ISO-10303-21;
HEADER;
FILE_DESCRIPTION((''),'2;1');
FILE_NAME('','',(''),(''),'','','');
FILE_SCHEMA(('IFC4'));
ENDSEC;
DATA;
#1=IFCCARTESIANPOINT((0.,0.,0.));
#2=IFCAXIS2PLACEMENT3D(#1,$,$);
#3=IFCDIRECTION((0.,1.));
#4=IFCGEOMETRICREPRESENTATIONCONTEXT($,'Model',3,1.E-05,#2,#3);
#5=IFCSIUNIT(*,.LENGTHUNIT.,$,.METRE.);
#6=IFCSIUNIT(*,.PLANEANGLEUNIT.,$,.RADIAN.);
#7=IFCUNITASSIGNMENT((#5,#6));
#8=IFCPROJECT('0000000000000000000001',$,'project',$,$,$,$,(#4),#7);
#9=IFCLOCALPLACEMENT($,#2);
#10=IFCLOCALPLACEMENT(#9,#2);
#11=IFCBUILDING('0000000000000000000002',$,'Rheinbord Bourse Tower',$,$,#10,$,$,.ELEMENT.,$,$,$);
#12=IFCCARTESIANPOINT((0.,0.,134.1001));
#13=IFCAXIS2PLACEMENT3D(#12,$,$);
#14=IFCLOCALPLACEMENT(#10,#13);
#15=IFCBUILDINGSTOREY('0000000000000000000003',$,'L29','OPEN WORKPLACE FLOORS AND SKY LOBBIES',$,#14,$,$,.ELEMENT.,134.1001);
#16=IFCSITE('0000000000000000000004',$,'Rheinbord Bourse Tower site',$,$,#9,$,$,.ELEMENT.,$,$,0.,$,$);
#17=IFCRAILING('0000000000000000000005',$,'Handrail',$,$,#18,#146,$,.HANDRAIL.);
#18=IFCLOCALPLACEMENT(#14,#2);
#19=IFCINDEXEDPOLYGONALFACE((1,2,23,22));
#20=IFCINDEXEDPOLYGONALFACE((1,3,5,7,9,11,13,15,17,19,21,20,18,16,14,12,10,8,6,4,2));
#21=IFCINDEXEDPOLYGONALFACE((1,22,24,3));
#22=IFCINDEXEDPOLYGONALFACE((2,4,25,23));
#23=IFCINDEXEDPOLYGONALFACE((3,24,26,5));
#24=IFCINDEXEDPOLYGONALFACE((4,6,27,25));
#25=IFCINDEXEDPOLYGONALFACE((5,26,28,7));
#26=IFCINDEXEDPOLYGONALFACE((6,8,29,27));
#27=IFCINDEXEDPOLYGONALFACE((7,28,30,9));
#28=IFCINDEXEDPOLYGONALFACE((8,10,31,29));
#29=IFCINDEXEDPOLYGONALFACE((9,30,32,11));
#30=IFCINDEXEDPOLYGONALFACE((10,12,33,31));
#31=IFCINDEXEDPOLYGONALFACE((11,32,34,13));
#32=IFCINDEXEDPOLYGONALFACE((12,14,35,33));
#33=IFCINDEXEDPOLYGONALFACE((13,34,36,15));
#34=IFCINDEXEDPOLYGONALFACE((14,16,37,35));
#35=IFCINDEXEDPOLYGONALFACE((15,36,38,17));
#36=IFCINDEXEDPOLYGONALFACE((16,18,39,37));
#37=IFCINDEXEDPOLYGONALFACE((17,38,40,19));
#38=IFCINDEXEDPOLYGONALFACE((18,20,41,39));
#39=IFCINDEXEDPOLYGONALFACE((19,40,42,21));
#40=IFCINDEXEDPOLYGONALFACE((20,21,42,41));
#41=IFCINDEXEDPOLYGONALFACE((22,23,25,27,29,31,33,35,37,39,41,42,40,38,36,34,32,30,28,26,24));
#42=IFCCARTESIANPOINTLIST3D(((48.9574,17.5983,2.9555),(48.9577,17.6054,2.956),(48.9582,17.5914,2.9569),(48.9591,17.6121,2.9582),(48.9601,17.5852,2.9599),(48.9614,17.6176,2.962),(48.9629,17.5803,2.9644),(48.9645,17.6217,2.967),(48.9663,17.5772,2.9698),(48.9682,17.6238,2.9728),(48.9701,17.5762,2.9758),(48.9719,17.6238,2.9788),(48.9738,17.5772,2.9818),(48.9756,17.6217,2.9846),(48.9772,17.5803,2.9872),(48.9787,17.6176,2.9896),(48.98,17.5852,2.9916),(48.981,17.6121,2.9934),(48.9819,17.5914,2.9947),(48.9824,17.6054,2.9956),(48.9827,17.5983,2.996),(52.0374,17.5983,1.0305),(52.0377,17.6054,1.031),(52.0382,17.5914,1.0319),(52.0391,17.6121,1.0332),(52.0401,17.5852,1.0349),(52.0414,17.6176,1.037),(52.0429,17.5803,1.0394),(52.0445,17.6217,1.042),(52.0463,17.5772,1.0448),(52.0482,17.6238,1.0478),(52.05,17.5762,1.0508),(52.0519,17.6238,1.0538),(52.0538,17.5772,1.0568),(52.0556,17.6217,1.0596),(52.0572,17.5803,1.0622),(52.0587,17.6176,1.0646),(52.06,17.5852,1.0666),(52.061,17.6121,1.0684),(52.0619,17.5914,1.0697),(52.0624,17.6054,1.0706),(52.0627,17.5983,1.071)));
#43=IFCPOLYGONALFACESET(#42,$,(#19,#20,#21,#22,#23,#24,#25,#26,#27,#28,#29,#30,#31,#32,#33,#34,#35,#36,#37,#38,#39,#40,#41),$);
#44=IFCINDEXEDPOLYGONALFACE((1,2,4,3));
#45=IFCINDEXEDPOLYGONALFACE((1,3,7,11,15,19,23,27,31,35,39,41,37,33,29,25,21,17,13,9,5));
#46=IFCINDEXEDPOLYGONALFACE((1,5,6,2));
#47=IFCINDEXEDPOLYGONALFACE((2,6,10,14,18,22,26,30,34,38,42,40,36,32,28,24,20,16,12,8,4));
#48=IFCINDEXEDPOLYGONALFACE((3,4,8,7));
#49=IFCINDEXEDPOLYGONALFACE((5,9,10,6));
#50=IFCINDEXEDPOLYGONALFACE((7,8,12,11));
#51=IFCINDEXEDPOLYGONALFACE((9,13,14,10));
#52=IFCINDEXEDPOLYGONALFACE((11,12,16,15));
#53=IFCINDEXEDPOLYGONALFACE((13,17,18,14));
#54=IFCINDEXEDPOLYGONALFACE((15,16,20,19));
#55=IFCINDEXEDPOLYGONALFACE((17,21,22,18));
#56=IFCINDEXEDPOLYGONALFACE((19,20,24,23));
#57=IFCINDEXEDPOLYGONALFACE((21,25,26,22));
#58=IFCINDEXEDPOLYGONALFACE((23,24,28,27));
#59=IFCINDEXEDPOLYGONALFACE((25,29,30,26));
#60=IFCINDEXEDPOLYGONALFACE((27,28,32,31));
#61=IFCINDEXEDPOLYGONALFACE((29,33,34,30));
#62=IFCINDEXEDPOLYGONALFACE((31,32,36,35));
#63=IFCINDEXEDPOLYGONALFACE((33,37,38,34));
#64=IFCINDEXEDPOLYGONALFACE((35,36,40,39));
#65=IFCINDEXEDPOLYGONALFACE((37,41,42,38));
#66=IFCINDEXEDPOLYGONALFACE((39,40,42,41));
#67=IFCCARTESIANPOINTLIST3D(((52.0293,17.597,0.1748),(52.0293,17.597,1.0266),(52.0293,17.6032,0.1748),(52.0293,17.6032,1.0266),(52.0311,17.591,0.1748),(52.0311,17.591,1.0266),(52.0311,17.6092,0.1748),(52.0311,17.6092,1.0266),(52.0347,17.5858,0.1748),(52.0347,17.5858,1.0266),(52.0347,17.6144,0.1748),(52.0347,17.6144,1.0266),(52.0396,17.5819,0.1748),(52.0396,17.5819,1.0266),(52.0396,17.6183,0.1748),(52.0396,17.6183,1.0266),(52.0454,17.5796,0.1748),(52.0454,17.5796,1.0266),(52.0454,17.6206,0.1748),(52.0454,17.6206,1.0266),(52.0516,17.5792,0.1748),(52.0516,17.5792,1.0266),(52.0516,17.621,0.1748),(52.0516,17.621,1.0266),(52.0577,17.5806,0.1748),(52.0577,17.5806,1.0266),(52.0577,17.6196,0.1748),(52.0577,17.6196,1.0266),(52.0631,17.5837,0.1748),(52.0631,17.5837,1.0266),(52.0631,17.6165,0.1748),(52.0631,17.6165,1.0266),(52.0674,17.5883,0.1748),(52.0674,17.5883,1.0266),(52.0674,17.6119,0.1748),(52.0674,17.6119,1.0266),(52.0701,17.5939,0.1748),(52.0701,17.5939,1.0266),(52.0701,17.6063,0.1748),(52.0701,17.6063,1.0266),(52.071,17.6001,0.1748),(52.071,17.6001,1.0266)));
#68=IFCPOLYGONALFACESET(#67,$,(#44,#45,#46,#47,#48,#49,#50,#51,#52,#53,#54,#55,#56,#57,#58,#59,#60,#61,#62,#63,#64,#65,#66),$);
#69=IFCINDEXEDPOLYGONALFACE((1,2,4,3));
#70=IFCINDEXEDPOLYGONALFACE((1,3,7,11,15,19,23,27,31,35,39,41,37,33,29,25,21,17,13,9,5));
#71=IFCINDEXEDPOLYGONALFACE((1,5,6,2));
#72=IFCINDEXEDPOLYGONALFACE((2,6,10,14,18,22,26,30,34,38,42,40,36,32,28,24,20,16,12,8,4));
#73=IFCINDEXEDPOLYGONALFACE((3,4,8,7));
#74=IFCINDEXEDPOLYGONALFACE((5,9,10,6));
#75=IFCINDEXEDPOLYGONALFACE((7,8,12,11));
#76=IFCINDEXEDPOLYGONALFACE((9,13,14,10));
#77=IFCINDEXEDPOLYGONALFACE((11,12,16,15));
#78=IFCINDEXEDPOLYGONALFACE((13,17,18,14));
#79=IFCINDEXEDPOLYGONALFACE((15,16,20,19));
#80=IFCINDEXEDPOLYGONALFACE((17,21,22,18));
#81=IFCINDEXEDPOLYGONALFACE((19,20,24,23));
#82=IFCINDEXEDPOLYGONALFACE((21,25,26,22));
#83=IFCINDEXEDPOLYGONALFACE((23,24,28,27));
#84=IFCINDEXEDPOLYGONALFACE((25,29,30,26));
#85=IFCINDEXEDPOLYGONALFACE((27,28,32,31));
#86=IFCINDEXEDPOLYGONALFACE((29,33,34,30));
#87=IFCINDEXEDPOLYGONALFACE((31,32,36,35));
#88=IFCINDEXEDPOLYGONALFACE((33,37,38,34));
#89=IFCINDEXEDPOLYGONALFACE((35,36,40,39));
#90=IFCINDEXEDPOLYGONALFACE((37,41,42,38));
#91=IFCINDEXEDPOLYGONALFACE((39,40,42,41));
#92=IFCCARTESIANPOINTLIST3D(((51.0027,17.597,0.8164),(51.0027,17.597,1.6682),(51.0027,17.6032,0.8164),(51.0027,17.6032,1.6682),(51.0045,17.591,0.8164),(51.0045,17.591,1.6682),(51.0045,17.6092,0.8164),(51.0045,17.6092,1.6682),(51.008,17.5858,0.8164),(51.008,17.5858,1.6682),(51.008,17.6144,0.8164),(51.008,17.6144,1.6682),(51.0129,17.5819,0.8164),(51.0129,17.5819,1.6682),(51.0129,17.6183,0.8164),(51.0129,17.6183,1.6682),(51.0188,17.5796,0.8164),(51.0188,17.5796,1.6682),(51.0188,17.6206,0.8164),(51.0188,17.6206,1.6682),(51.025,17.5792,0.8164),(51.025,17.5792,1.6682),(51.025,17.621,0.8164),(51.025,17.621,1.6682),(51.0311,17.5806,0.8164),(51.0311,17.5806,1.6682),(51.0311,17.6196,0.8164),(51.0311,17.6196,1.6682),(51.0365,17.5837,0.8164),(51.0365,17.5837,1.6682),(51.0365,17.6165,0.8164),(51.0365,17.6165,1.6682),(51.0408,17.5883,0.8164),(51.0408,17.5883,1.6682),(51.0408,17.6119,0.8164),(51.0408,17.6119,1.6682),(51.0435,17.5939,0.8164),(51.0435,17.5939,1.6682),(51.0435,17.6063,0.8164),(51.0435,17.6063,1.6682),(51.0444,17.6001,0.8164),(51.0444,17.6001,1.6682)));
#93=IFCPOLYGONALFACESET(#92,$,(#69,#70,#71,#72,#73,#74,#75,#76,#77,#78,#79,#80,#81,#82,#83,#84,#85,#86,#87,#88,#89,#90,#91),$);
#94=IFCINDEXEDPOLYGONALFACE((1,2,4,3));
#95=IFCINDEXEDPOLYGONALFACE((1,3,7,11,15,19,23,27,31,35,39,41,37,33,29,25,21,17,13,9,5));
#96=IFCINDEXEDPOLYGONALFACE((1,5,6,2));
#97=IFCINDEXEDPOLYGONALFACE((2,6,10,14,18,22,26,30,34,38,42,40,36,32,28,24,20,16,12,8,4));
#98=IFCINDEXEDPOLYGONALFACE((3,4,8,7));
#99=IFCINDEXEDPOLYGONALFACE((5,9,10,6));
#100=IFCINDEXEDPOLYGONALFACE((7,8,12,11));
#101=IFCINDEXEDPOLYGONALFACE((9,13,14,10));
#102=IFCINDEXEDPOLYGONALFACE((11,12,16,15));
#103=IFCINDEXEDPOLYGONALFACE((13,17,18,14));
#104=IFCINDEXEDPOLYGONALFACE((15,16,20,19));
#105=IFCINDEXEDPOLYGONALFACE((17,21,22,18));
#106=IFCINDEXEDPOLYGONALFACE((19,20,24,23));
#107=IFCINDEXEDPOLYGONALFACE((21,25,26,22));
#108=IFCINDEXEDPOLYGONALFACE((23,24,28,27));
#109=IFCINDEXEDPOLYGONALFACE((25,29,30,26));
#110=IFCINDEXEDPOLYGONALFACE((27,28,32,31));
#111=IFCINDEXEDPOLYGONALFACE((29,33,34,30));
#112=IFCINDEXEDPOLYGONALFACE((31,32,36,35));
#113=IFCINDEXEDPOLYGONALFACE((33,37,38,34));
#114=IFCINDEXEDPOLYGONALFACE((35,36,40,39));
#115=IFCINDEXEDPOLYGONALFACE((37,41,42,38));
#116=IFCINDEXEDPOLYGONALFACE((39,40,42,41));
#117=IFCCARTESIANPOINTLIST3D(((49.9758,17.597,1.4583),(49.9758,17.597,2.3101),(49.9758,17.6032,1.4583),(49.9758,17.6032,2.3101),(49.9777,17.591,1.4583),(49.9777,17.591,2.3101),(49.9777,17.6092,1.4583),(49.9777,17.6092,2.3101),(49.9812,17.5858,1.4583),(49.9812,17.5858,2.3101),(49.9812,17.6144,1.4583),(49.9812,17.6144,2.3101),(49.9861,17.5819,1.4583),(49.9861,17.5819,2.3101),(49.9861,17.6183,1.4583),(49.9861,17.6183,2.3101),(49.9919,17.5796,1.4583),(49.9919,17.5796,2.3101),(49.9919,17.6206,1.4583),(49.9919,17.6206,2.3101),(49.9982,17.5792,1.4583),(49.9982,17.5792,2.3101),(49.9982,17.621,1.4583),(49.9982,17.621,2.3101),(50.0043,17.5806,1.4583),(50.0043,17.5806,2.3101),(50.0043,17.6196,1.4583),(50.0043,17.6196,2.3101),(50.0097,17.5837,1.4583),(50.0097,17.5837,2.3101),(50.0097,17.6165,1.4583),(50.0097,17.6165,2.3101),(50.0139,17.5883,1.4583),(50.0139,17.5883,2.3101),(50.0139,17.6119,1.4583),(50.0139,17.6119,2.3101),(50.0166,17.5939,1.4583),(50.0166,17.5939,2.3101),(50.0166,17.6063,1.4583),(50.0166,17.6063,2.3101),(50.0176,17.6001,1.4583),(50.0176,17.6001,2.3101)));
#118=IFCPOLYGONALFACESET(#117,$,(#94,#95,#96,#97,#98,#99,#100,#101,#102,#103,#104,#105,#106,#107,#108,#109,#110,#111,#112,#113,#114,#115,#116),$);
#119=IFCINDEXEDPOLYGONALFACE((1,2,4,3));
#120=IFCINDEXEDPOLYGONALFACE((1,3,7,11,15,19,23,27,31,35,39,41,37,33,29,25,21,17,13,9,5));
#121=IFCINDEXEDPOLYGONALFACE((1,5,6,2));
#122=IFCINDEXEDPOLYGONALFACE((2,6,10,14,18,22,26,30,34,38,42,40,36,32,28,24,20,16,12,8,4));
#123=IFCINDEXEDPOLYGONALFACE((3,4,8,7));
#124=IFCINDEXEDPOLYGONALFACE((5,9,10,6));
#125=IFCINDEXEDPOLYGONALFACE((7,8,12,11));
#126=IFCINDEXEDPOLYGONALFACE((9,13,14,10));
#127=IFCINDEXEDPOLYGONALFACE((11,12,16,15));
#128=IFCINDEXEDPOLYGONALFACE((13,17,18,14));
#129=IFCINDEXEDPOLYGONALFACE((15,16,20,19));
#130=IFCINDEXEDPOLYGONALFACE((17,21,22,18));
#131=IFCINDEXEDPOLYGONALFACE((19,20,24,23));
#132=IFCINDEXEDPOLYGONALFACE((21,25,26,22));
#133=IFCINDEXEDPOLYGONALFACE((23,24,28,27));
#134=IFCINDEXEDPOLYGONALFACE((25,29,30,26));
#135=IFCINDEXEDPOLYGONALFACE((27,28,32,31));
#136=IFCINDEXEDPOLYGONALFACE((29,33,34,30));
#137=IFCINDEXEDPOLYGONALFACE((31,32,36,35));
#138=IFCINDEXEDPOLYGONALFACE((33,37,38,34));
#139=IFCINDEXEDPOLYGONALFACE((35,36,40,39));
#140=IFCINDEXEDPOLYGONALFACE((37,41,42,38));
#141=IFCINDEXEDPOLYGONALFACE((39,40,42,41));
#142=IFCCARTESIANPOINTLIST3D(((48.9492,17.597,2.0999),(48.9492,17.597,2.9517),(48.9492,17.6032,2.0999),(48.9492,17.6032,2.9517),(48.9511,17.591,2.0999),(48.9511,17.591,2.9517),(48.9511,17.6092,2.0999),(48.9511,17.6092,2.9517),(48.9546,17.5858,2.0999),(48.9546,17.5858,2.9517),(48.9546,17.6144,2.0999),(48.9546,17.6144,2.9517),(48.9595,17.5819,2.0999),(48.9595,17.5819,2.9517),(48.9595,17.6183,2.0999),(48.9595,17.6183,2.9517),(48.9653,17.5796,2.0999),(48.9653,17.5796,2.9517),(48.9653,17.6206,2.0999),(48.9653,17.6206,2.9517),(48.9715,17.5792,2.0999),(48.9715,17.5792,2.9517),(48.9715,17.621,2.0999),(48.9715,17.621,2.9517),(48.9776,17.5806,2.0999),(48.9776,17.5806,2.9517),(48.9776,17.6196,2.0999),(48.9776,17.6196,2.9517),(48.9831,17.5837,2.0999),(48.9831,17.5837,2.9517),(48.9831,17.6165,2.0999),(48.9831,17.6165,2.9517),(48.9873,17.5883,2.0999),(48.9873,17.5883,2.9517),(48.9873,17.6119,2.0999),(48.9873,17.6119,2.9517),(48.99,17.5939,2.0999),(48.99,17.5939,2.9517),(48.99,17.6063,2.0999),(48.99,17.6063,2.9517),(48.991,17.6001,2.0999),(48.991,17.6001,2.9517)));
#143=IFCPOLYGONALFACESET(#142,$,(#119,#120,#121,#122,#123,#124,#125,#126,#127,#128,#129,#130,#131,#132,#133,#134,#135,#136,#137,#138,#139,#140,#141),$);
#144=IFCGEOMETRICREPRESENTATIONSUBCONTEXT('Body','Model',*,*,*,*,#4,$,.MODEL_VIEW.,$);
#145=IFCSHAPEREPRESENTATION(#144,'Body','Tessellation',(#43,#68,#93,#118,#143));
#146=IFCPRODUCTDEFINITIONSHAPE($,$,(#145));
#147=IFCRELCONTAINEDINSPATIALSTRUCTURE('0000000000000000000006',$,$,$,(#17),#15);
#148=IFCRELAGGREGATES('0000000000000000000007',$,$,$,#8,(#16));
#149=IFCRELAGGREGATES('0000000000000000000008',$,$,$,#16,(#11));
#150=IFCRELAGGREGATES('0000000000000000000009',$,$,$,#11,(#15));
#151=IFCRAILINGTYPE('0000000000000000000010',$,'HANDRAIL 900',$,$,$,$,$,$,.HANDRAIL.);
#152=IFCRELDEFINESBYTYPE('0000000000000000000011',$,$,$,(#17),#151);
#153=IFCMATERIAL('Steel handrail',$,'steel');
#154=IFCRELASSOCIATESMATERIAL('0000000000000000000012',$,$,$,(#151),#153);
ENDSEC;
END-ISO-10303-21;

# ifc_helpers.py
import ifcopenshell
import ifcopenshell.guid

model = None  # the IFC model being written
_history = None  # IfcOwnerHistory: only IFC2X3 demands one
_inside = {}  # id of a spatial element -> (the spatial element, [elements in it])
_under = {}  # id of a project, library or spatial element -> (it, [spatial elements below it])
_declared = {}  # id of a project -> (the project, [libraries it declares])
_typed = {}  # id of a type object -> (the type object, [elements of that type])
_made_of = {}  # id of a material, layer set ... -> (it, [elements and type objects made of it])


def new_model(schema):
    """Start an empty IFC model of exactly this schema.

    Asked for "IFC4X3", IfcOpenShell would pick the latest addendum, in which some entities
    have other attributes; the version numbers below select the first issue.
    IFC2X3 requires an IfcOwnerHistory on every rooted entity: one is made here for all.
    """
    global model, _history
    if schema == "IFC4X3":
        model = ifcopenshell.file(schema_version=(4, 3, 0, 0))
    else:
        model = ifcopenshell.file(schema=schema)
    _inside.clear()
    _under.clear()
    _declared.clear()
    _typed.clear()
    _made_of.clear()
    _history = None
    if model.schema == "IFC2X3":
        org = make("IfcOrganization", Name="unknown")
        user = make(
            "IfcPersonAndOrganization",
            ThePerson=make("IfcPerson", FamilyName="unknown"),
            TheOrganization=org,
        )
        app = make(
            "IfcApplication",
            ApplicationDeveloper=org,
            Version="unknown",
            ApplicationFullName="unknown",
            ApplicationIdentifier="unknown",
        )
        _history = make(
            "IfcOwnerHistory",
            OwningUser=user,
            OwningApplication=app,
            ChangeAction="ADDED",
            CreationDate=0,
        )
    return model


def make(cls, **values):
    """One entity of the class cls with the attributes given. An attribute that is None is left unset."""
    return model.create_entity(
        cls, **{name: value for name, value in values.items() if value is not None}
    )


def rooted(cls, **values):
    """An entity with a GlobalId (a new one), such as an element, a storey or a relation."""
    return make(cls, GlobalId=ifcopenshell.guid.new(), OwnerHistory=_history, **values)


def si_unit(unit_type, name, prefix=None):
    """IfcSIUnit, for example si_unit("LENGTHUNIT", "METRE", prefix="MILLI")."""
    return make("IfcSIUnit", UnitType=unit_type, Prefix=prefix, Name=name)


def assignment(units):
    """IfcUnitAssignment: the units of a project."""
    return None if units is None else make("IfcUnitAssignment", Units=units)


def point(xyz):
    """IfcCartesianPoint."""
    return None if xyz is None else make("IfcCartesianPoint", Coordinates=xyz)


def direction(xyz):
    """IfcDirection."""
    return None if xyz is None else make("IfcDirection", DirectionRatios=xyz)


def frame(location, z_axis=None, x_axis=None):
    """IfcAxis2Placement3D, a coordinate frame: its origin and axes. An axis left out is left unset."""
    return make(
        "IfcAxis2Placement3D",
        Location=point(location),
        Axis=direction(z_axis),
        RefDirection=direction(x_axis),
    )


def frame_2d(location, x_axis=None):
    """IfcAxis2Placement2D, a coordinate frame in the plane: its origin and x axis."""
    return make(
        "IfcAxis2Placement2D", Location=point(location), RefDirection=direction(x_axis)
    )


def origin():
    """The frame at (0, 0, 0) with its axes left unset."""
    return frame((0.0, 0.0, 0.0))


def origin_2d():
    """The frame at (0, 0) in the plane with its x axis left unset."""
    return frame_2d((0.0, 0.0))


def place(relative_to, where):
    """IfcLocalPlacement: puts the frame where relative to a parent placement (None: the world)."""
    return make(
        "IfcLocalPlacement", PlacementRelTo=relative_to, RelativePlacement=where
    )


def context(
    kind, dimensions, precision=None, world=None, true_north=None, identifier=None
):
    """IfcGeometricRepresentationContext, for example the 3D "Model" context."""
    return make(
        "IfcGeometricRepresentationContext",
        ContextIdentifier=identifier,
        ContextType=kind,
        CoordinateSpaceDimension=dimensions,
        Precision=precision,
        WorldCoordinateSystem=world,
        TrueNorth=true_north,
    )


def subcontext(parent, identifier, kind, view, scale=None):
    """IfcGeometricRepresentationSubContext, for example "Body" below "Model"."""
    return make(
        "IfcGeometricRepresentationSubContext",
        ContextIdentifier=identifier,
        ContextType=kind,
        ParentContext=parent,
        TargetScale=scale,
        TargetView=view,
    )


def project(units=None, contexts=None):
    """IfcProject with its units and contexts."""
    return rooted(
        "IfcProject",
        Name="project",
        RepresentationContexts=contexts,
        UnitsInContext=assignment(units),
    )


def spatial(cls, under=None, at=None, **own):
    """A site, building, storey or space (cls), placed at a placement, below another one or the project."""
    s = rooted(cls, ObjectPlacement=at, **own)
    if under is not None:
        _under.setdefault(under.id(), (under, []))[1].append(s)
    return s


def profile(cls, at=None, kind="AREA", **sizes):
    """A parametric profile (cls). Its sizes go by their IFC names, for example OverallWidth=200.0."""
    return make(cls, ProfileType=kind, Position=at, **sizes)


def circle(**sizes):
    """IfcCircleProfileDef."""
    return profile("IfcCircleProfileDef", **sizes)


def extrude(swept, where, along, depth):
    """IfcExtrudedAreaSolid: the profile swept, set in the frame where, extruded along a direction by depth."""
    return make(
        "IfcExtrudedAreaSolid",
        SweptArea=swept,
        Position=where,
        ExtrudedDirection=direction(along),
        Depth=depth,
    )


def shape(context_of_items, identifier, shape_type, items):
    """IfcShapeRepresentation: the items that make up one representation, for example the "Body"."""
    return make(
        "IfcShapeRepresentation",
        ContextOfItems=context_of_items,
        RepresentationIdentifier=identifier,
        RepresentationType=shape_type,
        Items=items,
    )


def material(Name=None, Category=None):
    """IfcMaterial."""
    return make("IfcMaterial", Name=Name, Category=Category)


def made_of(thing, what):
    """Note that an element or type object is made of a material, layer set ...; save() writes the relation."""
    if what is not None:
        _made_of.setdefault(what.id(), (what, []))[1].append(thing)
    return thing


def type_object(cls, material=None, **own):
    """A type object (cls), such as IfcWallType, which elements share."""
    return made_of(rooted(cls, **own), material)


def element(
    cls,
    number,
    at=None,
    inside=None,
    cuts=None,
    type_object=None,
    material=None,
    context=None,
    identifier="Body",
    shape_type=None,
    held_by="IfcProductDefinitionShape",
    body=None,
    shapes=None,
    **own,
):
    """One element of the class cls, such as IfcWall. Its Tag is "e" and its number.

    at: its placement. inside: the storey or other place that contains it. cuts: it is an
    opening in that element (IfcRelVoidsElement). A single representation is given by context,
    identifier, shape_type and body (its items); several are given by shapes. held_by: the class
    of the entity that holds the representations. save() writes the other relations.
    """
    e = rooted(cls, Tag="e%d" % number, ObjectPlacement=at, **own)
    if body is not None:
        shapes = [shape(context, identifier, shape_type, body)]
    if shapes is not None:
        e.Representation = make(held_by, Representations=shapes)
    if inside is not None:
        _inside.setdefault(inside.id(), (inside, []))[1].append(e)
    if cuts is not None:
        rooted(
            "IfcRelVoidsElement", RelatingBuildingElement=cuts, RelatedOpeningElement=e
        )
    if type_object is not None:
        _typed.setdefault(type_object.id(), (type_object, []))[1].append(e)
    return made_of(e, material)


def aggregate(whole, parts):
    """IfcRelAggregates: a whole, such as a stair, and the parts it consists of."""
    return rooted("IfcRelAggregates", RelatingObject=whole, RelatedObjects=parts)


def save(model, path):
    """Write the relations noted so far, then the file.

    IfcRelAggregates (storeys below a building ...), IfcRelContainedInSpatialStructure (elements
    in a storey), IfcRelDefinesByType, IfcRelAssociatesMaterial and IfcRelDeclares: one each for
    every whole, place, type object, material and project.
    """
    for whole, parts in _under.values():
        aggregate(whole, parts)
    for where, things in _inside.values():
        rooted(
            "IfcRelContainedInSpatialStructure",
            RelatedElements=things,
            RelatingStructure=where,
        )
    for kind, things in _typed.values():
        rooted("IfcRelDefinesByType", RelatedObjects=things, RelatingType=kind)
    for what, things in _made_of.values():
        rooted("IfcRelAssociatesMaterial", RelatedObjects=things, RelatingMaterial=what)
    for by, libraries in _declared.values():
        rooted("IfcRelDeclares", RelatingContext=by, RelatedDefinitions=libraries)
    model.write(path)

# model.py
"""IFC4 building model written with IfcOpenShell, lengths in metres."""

from ifc_helpers import new_model, si_unit, direction, frame, origin, origin_2d, place, context, subcontext, project, spatial, circle, extrude, material, type_object, element, save


model = new_model("IFC4")

# Units and contexts
model_context = context("Model", 3, precision=1e-05, world=origin(), true_north=direction((0.0, 1.0)))
body_context = subcontext(model_context, "Body", "Model", "MODEL_VIEW")
ifc_project = project(units=[si_unit("LENGTHUNIT", "METRE"), si_unit("PLANEANGLEUNIT", "RADIAN")], contexts=[model_context])

# Site, building, storey
site_placement = place(None, origin())
site = spatial("IfcSite", under=ifc_project, at=site_placement, Name="Rheinbord Bourse Tower site", CompositionType="ELEMENT", RefElevation=0.0)
building_placement = place(site_placement, origin())
building = spatial("IfcBuilding", under=site, at=building_placement, Name="Rheinbord Bourse Tower", CompositionType="ELEMENT")
storey_placement = place(building_placement, frame((0.0, 0.0, 134.1001)))
storey = spatial("IfcBuildingStorey", under=building, at=storey_placement, Name="L29", Description="OPEN WORKPLACE FLOORS AND SKY LOBBIES", CompositionType="ELEMENT", Elevation=134.1001)

# Railing
ifc_material_1 = material(Name="Steel handrail", Category="steel")
railing_type = type_object("IfcRailingType", Name="HANDRAIL 900", PredefinedType="HANDRAIL", material=ifc_material_1)
railing_1_placement = place(storey_placement, frame((52.05, 17.6001, 0.1748)))
element("IfcRailing", 1, at=railing_1_placement, inside=storey, type_object=railing_type, Name="Handrail", PredefinedType="HANDRAIL", context=body_context, shape_type="SweptSolid", body=[
    extrude(circle(Radius=0.0239, at=origin_2d()), frame((0.0, 0.0, 0.876), z_axis=(-0.847998, 0.0, 0.529999), x_axis=(0.0, -1.0, 0.0)), (0.0, 0.0, 1.0), 3.6321),
    extrude(circle(Radius=0.021, at=origin_2d()), origin(), (0.0, 0.0, 1.0), 0.8518),
    extrude(circle(Radius=0.021, at=origin_2d()), frame((-1.0266, 0.0, 0.6416)), (0.0, 0.0, 1.0), 0.8518),
    extrude(circle(Radius=0.021, at=origin_2d()), frame((-2.0535, 0.0, 1.2834)), (0.0, 0.0, 1.0), 0.8518),
    extrude(circle(Radius=0.021, at=origin_2d()), frame((-3.0801, 0.0, 1.925)), (0.0, 0.0, 1.0), 0.8518),
])

save(model, "model.ifc")
